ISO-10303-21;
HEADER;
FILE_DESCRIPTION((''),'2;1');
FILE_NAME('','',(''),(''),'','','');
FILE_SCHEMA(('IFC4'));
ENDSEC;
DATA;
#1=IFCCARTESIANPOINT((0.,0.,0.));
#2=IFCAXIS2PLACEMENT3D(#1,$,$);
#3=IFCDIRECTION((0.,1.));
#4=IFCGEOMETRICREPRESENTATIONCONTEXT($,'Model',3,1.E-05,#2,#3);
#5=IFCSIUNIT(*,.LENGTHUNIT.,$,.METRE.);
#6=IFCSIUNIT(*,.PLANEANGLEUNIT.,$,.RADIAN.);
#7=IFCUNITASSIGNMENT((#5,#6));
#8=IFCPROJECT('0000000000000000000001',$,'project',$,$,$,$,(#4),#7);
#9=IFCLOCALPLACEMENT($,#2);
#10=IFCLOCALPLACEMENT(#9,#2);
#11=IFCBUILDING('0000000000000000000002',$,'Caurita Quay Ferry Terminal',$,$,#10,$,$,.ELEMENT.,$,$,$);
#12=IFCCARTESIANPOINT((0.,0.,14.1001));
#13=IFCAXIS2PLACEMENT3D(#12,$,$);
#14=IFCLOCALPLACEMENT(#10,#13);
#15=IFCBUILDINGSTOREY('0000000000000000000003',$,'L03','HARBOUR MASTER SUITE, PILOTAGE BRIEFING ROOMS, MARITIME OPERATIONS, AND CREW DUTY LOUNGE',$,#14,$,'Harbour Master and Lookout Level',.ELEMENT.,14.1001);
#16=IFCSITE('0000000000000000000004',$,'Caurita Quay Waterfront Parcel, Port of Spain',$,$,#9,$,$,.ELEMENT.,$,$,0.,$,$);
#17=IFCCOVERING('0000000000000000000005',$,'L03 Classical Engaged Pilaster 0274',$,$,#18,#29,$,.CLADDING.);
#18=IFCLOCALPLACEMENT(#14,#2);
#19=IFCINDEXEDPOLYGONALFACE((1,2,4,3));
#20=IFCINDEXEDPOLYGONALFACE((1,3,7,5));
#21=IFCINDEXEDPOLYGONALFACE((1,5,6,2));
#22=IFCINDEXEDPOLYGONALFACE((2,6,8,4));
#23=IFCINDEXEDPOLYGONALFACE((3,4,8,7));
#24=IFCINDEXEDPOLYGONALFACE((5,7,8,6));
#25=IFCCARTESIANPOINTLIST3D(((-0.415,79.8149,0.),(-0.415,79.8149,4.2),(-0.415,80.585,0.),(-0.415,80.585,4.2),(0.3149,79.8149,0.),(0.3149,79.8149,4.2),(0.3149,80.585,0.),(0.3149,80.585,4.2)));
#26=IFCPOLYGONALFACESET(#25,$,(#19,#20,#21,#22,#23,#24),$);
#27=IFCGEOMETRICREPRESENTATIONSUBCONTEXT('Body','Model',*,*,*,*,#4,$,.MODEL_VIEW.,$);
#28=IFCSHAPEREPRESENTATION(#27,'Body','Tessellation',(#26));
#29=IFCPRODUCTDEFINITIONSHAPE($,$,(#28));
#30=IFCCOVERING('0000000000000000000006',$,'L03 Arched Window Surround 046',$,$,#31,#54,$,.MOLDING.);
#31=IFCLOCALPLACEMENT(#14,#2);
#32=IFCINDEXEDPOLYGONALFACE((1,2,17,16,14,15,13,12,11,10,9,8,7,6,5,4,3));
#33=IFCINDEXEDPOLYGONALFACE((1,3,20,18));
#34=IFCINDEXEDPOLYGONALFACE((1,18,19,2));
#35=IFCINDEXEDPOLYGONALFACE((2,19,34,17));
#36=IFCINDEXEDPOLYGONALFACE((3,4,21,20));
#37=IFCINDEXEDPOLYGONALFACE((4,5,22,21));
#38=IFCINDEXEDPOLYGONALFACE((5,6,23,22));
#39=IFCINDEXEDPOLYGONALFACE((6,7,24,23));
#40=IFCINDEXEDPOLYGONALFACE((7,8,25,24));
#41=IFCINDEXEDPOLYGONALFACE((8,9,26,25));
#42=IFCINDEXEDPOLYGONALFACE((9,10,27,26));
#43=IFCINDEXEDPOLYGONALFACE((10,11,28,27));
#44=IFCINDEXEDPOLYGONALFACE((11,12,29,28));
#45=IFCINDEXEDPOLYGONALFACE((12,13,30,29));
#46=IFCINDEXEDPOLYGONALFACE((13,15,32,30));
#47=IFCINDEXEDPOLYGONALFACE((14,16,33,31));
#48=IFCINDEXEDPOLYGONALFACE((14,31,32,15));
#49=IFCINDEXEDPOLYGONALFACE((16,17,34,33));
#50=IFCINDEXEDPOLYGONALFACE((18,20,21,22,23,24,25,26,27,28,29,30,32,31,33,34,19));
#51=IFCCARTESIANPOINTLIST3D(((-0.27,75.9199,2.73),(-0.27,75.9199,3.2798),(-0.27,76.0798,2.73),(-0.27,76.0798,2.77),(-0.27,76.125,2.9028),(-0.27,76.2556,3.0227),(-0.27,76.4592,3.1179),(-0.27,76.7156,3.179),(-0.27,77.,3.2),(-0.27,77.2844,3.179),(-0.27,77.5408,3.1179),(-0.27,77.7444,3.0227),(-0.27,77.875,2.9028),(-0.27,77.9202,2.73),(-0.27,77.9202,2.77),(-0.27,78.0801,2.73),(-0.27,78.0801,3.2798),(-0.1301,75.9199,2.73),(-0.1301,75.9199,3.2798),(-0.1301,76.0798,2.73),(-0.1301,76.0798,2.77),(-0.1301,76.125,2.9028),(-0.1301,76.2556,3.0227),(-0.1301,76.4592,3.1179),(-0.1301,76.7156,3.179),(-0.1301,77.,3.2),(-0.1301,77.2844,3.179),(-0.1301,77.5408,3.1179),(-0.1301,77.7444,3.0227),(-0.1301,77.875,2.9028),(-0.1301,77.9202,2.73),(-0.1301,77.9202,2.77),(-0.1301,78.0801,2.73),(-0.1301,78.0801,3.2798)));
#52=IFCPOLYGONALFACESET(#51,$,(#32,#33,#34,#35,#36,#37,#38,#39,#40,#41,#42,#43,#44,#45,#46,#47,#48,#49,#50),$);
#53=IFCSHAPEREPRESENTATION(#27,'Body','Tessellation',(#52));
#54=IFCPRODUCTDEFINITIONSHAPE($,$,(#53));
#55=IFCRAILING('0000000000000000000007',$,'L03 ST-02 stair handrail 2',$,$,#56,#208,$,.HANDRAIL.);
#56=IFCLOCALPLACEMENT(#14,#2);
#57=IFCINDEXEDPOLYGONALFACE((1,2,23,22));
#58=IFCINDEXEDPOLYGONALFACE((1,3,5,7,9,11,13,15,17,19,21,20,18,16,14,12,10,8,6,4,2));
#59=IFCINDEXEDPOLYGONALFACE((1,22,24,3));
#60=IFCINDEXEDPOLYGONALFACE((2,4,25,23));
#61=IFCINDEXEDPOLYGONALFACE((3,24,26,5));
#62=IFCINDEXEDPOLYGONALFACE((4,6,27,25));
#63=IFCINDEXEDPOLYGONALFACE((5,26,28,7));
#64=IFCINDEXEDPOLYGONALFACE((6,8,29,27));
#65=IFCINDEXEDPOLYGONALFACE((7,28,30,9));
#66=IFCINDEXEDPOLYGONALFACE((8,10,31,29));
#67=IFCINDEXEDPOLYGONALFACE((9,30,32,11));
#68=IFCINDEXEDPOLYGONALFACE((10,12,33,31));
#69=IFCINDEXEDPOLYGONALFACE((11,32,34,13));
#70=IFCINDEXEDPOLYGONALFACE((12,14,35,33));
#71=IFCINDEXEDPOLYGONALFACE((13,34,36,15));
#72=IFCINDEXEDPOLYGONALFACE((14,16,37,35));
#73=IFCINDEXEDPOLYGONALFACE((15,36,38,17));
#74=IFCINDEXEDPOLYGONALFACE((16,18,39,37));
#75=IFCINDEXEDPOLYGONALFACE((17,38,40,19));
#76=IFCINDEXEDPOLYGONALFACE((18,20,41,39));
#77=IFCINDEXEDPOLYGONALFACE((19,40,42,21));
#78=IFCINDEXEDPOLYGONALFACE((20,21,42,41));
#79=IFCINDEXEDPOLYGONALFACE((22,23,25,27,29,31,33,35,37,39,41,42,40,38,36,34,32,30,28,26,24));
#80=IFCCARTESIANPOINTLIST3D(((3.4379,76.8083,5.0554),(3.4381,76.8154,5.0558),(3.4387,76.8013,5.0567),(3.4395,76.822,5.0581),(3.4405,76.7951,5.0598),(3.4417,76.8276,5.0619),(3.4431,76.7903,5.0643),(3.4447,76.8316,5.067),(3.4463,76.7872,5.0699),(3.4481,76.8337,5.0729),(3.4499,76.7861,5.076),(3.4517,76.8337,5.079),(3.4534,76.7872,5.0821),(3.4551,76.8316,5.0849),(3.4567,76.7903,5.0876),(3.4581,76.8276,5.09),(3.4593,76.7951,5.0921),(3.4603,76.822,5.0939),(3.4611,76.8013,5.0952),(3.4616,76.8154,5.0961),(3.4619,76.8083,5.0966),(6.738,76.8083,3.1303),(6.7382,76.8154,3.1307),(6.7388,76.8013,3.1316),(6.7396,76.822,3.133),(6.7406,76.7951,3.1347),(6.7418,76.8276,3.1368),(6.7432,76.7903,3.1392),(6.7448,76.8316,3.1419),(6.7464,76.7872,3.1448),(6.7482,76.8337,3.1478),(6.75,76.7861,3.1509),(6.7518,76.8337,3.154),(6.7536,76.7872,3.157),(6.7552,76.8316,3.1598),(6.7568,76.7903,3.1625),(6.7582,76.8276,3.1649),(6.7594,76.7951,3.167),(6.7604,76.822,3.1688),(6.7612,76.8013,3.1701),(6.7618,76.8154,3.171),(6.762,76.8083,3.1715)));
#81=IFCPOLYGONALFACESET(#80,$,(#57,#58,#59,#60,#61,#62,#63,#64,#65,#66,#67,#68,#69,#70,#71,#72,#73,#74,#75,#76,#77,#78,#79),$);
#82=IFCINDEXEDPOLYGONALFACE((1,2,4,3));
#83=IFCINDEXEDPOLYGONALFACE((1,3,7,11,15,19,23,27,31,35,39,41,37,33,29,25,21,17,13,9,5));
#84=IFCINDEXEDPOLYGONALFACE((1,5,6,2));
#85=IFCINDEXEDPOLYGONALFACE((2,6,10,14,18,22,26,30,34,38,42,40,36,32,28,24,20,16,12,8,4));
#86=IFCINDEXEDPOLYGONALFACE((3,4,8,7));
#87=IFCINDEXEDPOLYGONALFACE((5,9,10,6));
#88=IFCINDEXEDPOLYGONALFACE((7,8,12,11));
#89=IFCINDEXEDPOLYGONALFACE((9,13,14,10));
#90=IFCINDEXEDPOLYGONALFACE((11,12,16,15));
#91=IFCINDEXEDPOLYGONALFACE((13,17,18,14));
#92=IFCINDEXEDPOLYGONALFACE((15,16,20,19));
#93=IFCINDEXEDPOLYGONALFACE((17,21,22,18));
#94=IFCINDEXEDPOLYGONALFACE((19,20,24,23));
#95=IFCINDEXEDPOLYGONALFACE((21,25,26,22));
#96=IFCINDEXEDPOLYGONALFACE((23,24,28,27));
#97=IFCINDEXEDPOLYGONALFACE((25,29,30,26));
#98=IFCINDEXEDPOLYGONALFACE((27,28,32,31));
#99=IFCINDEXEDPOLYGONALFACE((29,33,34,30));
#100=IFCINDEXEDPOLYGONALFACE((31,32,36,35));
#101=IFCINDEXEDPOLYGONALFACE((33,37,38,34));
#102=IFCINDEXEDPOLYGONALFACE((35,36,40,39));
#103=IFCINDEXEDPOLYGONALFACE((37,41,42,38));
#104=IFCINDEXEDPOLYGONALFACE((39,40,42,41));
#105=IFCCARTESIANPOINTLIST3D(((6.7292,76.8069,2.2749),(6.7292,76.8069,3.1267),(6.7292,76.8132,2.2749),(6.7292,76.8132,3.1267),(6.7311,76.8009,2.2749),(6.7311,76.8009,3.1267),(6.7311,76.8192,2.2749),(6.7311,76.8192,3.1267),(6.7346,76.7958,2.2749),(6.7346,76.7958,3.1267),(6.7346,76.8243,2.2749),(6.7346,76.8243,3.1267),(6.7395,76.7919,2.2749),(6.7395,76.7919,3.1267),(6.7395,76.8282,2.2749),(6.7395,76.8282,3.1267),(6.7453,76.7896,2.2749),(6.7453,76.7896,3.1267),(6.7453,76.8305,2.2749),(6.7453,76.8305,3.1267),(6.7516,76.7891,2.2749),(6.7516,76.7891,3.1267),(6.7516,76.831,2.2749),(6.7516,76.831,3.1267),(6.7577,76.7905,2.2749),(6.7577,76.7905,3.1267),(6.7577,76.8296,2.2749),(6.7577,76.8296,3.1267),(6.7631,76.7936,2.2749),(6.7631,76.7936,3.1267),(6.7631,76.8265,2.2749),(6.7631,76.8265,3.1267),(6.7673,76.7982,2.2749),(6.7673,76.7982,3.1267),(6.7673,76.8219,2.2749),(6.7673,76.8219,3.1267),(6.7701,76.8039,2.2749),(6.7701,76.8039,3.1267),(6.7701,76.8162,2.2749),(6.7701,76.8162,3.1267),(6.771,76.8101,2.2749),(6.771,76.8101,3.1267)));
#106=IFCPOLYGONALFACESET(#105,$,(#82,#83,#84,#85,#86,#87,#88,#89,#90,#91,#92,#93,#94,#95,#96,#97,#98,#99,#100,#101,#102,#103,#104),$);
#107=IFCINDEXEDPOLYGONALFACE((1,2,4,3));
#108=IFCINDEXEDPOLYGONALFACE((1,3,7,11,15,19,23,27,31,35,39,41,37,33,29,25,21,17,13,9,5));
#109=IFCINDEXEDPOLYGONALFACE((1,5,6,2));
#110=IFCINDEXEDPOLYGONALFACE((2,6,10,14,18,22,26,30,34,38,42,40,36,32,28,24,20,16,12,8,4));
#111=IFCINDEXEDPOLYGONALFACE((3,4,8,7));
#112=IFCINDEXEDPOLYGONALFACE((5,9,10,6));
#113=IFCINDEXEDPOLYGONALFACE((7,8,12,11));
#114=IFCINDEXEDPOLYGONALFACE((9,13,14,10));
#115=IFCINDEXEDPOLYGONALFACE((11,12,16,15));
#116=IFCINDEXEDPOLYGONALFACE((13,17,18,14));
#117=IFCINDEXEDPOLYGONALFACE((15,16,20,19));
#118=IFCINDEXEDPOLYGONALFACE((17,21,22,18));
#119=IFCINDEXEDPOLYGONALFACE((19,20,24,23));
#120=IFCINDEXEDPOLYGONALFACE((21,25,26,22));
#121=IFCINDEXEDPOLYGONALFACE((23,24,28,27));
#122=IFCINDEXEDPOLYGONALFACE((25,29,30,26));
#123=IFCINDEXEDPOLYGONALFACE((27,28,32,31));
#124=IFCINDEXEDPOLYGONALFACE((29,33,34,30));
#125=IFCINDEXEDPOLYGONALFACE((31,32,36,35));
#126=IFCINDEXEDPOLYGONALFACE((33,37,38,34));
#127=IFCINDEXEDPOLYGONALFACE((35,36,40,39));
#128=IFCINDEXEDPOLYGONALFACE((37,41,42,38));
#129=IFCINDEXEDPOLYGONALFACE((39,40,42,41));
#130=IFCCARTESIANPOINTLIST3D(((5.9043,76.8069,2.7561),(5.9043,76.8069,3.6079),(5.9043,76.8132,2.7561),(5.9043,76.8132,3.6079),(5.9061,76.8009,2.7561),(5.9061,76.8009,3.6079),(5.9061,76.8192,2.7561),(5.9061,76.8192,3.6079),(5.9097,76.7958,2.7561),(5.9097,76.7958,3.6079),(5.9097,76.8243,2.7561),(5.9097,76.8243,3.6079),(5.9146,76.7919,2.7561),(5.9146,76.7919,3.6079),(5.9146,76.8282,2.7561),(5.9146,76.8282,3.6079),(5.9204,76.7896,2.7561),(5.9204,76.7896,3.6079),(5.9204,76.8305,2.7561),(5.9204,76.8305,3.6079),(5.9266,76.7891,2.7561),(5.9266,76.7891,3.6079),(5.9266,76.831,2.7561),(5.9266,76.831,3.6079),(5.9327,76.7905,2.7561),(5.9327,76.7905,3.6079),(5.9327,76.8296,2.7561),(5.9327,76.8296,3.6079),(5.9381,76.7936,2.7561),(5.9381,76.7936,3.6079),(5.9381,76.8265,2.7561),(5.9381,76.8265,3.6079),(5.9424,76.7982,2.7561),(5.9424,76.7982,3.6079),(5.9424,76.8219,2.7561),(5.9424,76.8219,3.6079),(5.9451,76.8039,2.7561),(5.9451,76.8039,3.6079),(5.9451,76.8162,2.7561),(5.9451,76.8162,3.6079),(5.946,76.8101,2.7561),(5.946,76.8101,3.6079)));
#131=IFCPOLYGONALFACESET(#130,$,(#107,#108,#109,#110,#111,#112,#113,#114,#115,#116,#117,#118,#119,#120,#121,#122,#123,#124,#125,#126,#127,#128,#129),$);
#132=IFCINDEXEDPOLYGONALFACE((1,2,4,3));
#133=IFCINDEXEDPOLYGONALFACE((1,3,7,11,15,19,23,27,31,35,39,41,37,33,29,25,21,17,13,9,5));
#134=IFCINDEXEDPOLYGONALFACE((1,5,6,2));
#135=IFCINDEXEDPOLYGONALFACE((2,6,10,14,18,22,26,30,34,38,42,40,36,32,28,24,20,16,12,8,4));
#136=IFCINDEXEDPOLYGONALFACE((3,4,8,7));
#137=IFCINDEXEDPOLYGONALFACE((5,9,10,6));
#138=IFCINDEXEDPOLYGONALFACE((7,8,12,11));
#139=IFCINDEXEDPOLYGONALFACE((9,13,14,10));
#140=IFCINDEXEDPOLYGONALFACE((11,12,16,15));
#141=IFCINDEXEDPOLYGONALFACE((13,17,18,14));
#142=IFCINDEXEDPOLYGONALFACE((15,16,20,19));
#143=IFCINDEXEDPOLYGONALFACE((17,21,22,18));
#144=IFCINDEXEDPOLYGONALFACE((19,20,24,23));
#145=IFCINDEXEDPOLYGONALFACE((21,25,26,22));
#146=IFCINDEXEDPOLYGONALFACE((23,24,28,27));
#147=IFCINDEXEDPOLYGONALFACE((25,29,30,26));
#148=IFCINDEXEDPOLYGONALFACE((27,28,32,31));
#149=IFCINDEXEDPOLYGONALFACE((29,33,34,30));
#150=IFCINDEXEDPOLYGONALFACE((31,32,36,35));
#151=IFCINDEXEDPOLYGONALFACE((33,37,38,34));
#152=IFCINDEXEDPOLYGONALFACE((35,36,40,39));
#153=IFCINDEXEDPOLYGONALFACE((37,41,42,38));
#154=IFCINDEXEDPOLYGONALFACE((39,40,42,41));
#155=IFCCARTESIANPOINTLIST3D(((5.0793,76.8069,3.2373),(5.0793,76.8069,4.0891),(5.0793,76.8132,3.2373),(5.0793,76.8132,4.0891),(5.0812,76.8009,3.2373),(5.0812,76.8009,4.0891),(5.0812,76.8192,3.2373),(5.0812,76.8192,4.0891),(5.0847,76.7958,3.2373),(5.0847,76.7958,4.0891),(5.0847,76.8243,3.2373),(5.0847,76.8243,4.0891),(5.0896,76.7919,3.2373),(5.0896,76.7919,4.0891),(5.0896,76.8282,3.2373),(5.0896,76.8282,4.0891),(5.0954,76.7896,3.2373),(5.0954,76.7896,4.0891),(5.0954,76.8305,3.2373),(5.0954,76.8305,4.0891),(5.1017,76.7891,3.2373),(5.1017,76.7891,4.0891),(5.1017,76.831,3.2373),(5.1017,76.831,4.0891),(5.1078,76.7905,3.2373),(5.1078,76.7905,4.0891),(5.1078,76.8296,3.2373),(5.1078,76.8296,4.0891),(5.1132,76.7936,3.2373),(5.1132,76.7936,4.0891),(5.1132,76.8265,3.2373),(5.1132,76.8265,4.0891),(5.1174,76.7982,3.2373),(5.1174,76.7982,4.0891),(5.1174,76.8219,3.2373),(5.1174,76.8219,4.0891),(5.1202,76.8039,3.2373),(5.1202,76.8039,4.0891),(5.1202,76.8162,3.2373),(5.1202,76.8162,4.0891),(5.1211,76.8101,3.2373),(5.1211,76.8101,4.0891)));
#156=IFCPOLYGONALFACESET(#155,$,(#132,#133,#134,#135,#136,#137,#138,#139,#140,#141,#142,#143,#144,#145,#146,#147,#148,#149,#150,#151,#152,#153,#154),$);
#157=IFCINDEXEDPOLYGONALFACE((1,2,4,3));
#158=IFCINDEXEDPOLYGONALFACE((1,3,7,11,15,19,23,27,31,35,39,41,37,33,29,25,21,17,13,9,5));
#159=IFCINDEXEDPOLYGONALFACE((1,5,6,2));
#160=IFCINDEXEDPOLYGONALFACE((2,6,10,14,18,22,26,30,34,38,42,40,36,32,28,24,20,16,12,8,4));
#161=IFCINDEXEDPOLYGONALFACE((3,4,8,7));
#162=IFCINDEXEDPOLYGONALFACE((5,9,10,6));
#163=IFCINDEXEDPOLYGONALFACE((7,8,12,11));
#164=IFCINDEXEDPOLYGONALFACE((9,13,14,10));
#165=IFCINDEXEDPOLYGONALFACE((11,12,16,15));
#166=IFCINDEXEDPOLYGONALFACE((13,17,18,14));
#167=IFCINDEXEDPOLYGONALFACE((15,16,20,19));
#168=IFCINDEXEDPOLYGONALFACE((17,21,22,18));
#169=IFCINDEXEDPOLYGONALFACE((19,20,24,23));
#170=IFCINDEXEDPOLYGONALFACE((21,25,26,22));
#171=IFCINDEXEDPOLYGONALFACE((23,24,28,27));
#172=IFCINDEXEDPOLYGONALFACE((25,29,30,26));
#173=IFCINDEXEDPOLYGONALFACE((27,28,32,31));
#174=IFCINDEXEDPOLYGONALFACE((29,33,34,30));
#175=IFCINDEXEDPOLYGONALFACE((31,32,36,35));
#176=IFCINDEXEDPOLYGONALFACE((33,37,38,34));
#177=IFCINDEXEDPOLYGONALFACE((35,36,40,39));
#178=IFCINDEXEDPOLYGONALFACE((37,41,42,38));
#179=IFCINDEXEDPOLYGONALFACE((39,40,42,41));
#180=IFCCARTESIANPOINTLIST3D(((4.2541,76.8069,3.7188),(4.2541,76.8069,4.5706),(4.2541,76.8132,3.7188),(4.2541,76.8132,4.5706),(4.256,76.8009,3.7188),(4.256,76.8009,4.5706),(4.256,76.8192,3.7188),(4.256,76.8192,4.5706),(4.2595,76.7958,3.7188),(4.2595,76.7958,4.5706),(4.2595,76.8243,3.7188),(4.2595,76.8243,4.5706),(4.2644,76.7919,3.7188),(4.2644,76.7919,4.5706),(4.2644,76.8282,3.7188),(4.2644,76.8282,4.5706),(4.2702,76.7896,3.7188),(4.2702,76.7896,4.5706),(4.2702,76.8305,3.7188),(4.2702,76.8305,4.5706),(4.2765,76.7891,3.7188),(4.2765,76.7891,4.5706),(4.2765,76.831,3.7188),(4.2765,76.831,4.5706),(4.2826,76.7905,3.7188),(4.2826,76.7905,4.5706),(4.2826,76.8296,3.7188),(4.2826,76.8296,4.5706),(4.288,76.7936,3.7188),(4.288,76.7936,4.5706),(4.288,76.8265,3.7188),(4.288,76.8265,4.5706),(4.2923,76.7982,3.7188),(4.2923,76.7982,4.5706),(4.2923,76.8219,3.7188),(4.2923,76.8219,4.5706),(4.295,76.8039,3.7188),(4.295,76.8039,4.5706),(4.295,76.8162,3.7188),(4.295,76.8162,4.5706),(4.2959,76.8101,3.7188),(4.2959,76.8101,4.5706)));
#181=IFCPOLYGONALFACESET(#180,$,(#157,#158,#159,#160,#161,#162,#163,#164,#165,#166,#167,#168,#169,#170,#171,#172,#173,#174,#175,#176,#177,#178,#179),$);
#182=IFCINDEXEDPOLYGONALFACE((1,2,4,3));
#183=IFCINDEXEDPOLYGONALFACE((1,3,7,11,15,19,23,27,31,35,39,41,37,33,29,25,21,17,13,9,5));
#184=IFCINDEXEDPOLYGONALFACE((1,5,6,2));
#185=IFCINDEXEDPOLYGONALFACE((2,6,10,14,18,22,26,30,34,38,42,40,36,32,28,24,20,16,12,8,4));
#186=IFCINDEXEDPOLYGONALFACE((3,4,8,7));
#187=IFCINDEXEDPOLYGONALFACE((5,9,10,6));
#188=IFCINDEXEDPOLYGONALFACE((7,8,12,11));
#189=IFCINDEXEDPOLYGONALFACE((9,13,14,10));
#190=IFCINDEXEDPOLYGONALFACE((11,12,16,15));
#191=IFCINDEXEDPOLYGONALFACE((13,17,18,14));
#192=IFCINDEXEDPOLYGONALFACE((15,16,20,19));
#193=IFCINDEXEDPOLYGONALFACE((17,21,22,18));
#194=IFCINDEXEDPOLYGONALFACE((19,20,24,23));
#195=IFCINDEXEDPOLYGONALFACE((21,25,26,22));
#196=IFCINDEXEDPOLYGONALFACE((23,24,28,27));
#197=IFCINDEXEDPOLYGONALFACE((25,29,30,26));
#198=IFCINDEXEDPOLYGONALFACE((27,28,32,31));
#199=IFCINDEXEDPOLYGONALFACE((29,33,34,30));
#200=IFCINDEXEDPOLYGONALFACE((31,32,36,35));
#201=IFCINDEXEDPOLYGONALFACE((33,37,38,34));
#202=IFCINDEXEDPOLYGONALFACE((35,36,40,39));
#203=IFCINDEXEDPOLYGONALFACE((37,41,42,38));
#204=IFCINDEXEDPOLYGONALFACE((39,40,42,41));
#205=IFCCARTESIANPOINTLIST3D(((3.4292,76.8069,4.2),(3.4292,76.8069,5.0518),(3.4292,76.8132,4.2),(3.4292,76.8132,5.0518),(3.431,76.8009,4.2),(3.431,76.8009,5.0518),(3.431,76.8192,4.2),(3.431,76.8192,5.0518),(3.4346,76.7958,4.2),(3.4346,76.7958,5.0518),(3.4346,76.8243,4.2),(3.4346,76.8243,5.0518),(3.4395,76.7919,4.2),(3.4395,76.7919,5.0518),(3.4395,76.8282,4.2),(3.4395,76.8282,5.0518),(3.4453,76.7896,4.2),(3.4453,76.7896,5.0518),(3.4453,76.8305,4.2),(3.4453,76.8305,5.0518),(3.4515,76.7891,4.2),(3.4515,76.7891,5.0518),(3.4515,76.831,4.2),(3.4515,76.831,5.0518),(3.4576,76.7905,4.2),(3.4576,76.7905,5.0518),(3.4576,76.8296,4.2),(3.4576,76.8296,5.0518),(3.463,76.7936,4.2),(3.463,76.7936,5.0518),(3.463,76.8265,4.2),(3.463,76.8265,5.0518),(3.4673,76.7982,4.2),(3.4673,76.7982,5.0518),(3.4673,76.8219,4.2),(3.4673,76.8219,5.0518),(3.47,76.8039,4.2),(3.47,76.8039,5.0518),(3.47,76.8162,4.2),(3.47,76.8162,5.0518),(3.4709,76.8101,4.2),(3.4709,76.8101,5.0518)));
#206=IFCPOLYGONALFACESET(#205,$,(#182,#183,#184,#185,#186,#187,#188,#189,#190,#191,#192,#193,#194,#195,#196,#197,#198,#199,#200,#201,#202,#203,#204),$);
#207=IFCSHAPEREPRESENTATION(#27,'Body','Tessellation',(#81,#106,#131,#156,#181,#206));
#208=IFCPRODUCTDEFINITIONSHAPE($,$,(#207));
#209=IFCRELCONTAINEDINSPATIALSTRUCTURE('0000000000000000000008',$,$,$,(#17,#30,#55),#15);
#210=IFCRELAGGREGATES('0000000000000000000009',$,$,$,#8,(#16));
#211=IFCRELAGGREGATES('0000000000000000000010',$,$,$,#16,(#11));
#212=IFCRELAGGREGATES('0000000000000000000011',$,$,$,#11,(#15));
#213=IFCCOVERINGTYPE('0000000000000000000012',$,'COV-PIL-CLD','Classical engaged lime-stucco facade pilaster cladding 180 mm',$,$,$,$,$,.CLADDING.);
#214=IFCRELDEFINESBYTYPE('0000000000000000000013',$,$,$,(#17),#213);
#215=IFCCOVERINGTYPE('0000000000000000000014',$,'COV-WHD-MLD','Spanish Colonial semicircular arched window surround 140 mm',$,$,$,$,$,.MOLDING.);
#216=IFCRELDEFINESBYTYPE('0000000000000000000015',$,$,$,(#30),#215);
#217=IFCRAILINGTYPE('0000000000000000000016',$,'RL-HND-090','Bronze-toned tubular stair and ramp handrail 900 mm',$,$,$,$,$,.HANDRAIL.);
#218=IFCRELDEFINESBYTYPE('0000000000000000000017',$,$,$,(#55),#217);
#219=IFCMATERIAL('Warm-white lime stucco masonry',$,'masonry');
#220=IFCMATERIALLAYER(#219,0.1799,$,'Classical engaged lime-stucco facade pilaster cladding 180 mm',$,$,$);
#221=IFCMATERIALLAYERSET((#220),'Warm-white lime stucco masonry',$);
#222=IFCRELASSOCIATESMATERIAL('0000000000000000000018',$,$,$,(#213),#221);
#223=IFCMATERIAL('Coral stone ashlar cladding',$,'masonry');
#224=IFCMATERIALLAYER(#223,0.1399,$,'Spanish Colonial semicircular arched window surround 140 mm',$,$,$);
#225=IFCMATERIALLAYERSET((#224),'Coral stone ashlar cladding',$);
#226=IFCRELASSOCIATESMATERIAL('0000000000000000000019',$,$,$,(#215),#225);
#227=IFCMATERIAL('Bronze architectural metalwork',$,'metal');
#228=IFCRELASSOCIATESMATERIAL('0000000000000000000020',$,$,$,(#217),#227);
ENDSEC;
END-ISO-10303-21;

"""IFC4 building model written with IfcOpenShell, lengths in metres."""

from ifc_helpers import new_model, si_unit, direction, frame, origin, origin_2d, place, context, subcontext, project, spatial, polyline, rectangle, circle, outline, extrude, material, layer, layer_set, type_object, element, save


model = new_model("IFC4")

# Units and contexts
model_context = context("Model", 3, precision=1e-05, world=origin(), true_north=direction((0.0, 1.0)))
body_context = subcontext(model_context, "Body", "Model", "MODEL_VIEW")
ifc_project = project(units=[si_unit("LENGTHUNIT", "METRE"), si_unit("PLANEANGLEUNIT", "RADIAN")], contexts=[model_context])

# Site, building, storey
site_placement = place(None, origin())
site = spatial("IfcSite", under=ifc_project, at=site_placement, Name="Caurita Quay Waterfront Parcel, Port of Spain", CompositionType="ELEMENT", RefElevation=0.0)
building_placement = place(site_placement, origin())
building = spatial("IfcBuilding", under=site, at=building_placement, Name="Caurita Quay Ferry Terminal", CompositionType="ELEMENT")
storey_placement = place(building_placement, frame((0.0, 0.0, 14.1001)))
storey = spatial("IfcBuildingStorey", under=building, at=storey_placement, Name="L03", Description="HARBOUR MASTER SUITE, PILOTAGE BRIEFING ROOMS, MARITIME OPERATIONS, AND CREW DUTY LOUNGE", LongName="Harbour Master and Lookout Level", CompositionType="ELEMENT", Elevation=14.1001)

# Shared definitions
ifc_material_1 = material(Name="Warm-white lime stucco masonry", Category="masonry")

# Coverings
ifc_layer_1 = layer(ifc_material_1, 0.1799, Name="Classical engaged lime-stucco facade pilaster cladding 180 mm")
ifc_layer_set_1 = layer_set([ifc_layer_1], Name="Warm-white lime stucco masonry")
covering_type_1 = type_object("IfcCoveringType", Name="COV-PIL-CLD", Description="Classical engaged lime-stucco facade pilaster cladding 180 mm", PredefinedType="CLADDING", material=ifc_layer_set_1)
covering_1_placement = place(storey_placement, frame((-0.05, 80.2, 0.0), z_axis=(0.0, 0.0, 1.0), x_axis=(1.0, 0.0, 0.0)))
element("IfcCovering", 1, at=covering_1_placement, inside=storey, type_object=covering_type_1, Name="L03 Classical Engaged Pilaster 0274", PredefinedType="CLADDING", context=body_context, shape_type="SweptSolid", body=[
    extrude(rectangle(XDim=0.73, YDim=0.77, at=origin_2d()), origin(), (0.0, 0.0, 1.0), 4.2),
])
ifc_material_2 = material(Name="Coral stone ashlar cladding", Category="masonry")
ifc_layer_2 = layer(ifc_material_2, 0.1399, Name="Spanish Colonial semicircular arched window surround 140 mm")
ifc_layer_set_2 = layer_set([ifc_layer_2], Name="Coral stone ashlar cladding")
covering_type_2 = type_object("IfcCoveringType", Name="COV-WHD-MLD", Description="Spanish Colonial semicircular arched window surround 140 mm", PredefinedType="MOLDING", material=ifc_layer_set_2)
covering_2_placement = place(storey_placement, frame((-0.2, 78.0801, 2.73), z_axis=(0.0, 0.0, 1.0), x_axis=(0.0, -1.0, 0.0)))
element("IfcCovering", 2, at=covering_2_placement, inside=storey, type_object=covering_type_2, Name="L03 Arched Window Surround 046", PredefinedType="MOLDING", context=body_context, shape_type="SweptSolid", body=[
    extrude(outline(polyline([(0.0, 0.0), (0.1599, 0.0), (0.1599, 0.04), (0.2051, 0.1729), (0.3357, 0.2927), (0.5393, 0.3879), (0.7957, 0.449), (1.0801, 0.47), (1.3645, 0.449), (1.6208, 0.3879), (1.8245, 0.2927), (1.9551, 0.1729), (2.0002, 0.04), (2.0002, 0.0), (2.1602, 0.0), (2.1602, 0.5498), (0.0, 0.5498), (0.0, 0.0)])), frame((0.0, 0.0698, 0.0), z_axis=(0.0, -1.0, 0.0), x_axis=(1.0, 0.0, 0.0)), (0.0, 0.0, 1.0), 0.1399),
])

# Railing
ifc_material_3 = material(Name="Bronze architectural metalwork", Category="metal")
railing_type = type_object("IfcRailingType", Name="RL-HND-090", Description="Bronze-toned tubular stair and ramp handrail 900 mm", PredefinedType="HANDRAIL", material=ifc_material_3)
railing_placement = place(storey_placement, frame((6.75, 76.8101, 2.2749)))
element("IfcRailing", 3, at=railing_placement, inside=storey, type_object=railing_type, Name="L03 ST-02 stair handrail 2", PredefinedType="HANDRAIL", context=body_context, shape_type="SweptSolid", body=[
    extrude(circle(Radius=0.0239, at=origin_2d()), frame((0.0, 0.0, 0.876), z_axis=(-0.863777, 0.0, 0.503875), x_axis=(0.0, -1.0, 0.0)), (0.0, 0.0, 1.0), 3.8206),
    extrude(circle(Radius=0.021, at=origin_2d()), origin(), (0.0, 0.0, 1.0), 0.8518),
    extrude(circle(Radius=0.021, at=origin_2d()), frame((-0.825, 0.0, 0.4812)), (0.0, 0.0, 1.0), 0.8518),
    extrude(circle(Radius=0.021, at=origin_2d()), frame((-1.6499, 0.0, 0.9624)), (0.0, 0.0, 1.0), 0.8518),
    extrude(circle(Radius=0.021, at=origin_2d()), frame((-2.4751, 0.0, 1.4438)), (0.0, 0.0, 1.0), 0.8518),
    extrude(circle(Radius=0.021, at=origin_2d()), frame((-3.3, 0.0, 1.925)), (0.0, 0.0, 1.0), 0.8518),
])

save(model, "model.ifc")
